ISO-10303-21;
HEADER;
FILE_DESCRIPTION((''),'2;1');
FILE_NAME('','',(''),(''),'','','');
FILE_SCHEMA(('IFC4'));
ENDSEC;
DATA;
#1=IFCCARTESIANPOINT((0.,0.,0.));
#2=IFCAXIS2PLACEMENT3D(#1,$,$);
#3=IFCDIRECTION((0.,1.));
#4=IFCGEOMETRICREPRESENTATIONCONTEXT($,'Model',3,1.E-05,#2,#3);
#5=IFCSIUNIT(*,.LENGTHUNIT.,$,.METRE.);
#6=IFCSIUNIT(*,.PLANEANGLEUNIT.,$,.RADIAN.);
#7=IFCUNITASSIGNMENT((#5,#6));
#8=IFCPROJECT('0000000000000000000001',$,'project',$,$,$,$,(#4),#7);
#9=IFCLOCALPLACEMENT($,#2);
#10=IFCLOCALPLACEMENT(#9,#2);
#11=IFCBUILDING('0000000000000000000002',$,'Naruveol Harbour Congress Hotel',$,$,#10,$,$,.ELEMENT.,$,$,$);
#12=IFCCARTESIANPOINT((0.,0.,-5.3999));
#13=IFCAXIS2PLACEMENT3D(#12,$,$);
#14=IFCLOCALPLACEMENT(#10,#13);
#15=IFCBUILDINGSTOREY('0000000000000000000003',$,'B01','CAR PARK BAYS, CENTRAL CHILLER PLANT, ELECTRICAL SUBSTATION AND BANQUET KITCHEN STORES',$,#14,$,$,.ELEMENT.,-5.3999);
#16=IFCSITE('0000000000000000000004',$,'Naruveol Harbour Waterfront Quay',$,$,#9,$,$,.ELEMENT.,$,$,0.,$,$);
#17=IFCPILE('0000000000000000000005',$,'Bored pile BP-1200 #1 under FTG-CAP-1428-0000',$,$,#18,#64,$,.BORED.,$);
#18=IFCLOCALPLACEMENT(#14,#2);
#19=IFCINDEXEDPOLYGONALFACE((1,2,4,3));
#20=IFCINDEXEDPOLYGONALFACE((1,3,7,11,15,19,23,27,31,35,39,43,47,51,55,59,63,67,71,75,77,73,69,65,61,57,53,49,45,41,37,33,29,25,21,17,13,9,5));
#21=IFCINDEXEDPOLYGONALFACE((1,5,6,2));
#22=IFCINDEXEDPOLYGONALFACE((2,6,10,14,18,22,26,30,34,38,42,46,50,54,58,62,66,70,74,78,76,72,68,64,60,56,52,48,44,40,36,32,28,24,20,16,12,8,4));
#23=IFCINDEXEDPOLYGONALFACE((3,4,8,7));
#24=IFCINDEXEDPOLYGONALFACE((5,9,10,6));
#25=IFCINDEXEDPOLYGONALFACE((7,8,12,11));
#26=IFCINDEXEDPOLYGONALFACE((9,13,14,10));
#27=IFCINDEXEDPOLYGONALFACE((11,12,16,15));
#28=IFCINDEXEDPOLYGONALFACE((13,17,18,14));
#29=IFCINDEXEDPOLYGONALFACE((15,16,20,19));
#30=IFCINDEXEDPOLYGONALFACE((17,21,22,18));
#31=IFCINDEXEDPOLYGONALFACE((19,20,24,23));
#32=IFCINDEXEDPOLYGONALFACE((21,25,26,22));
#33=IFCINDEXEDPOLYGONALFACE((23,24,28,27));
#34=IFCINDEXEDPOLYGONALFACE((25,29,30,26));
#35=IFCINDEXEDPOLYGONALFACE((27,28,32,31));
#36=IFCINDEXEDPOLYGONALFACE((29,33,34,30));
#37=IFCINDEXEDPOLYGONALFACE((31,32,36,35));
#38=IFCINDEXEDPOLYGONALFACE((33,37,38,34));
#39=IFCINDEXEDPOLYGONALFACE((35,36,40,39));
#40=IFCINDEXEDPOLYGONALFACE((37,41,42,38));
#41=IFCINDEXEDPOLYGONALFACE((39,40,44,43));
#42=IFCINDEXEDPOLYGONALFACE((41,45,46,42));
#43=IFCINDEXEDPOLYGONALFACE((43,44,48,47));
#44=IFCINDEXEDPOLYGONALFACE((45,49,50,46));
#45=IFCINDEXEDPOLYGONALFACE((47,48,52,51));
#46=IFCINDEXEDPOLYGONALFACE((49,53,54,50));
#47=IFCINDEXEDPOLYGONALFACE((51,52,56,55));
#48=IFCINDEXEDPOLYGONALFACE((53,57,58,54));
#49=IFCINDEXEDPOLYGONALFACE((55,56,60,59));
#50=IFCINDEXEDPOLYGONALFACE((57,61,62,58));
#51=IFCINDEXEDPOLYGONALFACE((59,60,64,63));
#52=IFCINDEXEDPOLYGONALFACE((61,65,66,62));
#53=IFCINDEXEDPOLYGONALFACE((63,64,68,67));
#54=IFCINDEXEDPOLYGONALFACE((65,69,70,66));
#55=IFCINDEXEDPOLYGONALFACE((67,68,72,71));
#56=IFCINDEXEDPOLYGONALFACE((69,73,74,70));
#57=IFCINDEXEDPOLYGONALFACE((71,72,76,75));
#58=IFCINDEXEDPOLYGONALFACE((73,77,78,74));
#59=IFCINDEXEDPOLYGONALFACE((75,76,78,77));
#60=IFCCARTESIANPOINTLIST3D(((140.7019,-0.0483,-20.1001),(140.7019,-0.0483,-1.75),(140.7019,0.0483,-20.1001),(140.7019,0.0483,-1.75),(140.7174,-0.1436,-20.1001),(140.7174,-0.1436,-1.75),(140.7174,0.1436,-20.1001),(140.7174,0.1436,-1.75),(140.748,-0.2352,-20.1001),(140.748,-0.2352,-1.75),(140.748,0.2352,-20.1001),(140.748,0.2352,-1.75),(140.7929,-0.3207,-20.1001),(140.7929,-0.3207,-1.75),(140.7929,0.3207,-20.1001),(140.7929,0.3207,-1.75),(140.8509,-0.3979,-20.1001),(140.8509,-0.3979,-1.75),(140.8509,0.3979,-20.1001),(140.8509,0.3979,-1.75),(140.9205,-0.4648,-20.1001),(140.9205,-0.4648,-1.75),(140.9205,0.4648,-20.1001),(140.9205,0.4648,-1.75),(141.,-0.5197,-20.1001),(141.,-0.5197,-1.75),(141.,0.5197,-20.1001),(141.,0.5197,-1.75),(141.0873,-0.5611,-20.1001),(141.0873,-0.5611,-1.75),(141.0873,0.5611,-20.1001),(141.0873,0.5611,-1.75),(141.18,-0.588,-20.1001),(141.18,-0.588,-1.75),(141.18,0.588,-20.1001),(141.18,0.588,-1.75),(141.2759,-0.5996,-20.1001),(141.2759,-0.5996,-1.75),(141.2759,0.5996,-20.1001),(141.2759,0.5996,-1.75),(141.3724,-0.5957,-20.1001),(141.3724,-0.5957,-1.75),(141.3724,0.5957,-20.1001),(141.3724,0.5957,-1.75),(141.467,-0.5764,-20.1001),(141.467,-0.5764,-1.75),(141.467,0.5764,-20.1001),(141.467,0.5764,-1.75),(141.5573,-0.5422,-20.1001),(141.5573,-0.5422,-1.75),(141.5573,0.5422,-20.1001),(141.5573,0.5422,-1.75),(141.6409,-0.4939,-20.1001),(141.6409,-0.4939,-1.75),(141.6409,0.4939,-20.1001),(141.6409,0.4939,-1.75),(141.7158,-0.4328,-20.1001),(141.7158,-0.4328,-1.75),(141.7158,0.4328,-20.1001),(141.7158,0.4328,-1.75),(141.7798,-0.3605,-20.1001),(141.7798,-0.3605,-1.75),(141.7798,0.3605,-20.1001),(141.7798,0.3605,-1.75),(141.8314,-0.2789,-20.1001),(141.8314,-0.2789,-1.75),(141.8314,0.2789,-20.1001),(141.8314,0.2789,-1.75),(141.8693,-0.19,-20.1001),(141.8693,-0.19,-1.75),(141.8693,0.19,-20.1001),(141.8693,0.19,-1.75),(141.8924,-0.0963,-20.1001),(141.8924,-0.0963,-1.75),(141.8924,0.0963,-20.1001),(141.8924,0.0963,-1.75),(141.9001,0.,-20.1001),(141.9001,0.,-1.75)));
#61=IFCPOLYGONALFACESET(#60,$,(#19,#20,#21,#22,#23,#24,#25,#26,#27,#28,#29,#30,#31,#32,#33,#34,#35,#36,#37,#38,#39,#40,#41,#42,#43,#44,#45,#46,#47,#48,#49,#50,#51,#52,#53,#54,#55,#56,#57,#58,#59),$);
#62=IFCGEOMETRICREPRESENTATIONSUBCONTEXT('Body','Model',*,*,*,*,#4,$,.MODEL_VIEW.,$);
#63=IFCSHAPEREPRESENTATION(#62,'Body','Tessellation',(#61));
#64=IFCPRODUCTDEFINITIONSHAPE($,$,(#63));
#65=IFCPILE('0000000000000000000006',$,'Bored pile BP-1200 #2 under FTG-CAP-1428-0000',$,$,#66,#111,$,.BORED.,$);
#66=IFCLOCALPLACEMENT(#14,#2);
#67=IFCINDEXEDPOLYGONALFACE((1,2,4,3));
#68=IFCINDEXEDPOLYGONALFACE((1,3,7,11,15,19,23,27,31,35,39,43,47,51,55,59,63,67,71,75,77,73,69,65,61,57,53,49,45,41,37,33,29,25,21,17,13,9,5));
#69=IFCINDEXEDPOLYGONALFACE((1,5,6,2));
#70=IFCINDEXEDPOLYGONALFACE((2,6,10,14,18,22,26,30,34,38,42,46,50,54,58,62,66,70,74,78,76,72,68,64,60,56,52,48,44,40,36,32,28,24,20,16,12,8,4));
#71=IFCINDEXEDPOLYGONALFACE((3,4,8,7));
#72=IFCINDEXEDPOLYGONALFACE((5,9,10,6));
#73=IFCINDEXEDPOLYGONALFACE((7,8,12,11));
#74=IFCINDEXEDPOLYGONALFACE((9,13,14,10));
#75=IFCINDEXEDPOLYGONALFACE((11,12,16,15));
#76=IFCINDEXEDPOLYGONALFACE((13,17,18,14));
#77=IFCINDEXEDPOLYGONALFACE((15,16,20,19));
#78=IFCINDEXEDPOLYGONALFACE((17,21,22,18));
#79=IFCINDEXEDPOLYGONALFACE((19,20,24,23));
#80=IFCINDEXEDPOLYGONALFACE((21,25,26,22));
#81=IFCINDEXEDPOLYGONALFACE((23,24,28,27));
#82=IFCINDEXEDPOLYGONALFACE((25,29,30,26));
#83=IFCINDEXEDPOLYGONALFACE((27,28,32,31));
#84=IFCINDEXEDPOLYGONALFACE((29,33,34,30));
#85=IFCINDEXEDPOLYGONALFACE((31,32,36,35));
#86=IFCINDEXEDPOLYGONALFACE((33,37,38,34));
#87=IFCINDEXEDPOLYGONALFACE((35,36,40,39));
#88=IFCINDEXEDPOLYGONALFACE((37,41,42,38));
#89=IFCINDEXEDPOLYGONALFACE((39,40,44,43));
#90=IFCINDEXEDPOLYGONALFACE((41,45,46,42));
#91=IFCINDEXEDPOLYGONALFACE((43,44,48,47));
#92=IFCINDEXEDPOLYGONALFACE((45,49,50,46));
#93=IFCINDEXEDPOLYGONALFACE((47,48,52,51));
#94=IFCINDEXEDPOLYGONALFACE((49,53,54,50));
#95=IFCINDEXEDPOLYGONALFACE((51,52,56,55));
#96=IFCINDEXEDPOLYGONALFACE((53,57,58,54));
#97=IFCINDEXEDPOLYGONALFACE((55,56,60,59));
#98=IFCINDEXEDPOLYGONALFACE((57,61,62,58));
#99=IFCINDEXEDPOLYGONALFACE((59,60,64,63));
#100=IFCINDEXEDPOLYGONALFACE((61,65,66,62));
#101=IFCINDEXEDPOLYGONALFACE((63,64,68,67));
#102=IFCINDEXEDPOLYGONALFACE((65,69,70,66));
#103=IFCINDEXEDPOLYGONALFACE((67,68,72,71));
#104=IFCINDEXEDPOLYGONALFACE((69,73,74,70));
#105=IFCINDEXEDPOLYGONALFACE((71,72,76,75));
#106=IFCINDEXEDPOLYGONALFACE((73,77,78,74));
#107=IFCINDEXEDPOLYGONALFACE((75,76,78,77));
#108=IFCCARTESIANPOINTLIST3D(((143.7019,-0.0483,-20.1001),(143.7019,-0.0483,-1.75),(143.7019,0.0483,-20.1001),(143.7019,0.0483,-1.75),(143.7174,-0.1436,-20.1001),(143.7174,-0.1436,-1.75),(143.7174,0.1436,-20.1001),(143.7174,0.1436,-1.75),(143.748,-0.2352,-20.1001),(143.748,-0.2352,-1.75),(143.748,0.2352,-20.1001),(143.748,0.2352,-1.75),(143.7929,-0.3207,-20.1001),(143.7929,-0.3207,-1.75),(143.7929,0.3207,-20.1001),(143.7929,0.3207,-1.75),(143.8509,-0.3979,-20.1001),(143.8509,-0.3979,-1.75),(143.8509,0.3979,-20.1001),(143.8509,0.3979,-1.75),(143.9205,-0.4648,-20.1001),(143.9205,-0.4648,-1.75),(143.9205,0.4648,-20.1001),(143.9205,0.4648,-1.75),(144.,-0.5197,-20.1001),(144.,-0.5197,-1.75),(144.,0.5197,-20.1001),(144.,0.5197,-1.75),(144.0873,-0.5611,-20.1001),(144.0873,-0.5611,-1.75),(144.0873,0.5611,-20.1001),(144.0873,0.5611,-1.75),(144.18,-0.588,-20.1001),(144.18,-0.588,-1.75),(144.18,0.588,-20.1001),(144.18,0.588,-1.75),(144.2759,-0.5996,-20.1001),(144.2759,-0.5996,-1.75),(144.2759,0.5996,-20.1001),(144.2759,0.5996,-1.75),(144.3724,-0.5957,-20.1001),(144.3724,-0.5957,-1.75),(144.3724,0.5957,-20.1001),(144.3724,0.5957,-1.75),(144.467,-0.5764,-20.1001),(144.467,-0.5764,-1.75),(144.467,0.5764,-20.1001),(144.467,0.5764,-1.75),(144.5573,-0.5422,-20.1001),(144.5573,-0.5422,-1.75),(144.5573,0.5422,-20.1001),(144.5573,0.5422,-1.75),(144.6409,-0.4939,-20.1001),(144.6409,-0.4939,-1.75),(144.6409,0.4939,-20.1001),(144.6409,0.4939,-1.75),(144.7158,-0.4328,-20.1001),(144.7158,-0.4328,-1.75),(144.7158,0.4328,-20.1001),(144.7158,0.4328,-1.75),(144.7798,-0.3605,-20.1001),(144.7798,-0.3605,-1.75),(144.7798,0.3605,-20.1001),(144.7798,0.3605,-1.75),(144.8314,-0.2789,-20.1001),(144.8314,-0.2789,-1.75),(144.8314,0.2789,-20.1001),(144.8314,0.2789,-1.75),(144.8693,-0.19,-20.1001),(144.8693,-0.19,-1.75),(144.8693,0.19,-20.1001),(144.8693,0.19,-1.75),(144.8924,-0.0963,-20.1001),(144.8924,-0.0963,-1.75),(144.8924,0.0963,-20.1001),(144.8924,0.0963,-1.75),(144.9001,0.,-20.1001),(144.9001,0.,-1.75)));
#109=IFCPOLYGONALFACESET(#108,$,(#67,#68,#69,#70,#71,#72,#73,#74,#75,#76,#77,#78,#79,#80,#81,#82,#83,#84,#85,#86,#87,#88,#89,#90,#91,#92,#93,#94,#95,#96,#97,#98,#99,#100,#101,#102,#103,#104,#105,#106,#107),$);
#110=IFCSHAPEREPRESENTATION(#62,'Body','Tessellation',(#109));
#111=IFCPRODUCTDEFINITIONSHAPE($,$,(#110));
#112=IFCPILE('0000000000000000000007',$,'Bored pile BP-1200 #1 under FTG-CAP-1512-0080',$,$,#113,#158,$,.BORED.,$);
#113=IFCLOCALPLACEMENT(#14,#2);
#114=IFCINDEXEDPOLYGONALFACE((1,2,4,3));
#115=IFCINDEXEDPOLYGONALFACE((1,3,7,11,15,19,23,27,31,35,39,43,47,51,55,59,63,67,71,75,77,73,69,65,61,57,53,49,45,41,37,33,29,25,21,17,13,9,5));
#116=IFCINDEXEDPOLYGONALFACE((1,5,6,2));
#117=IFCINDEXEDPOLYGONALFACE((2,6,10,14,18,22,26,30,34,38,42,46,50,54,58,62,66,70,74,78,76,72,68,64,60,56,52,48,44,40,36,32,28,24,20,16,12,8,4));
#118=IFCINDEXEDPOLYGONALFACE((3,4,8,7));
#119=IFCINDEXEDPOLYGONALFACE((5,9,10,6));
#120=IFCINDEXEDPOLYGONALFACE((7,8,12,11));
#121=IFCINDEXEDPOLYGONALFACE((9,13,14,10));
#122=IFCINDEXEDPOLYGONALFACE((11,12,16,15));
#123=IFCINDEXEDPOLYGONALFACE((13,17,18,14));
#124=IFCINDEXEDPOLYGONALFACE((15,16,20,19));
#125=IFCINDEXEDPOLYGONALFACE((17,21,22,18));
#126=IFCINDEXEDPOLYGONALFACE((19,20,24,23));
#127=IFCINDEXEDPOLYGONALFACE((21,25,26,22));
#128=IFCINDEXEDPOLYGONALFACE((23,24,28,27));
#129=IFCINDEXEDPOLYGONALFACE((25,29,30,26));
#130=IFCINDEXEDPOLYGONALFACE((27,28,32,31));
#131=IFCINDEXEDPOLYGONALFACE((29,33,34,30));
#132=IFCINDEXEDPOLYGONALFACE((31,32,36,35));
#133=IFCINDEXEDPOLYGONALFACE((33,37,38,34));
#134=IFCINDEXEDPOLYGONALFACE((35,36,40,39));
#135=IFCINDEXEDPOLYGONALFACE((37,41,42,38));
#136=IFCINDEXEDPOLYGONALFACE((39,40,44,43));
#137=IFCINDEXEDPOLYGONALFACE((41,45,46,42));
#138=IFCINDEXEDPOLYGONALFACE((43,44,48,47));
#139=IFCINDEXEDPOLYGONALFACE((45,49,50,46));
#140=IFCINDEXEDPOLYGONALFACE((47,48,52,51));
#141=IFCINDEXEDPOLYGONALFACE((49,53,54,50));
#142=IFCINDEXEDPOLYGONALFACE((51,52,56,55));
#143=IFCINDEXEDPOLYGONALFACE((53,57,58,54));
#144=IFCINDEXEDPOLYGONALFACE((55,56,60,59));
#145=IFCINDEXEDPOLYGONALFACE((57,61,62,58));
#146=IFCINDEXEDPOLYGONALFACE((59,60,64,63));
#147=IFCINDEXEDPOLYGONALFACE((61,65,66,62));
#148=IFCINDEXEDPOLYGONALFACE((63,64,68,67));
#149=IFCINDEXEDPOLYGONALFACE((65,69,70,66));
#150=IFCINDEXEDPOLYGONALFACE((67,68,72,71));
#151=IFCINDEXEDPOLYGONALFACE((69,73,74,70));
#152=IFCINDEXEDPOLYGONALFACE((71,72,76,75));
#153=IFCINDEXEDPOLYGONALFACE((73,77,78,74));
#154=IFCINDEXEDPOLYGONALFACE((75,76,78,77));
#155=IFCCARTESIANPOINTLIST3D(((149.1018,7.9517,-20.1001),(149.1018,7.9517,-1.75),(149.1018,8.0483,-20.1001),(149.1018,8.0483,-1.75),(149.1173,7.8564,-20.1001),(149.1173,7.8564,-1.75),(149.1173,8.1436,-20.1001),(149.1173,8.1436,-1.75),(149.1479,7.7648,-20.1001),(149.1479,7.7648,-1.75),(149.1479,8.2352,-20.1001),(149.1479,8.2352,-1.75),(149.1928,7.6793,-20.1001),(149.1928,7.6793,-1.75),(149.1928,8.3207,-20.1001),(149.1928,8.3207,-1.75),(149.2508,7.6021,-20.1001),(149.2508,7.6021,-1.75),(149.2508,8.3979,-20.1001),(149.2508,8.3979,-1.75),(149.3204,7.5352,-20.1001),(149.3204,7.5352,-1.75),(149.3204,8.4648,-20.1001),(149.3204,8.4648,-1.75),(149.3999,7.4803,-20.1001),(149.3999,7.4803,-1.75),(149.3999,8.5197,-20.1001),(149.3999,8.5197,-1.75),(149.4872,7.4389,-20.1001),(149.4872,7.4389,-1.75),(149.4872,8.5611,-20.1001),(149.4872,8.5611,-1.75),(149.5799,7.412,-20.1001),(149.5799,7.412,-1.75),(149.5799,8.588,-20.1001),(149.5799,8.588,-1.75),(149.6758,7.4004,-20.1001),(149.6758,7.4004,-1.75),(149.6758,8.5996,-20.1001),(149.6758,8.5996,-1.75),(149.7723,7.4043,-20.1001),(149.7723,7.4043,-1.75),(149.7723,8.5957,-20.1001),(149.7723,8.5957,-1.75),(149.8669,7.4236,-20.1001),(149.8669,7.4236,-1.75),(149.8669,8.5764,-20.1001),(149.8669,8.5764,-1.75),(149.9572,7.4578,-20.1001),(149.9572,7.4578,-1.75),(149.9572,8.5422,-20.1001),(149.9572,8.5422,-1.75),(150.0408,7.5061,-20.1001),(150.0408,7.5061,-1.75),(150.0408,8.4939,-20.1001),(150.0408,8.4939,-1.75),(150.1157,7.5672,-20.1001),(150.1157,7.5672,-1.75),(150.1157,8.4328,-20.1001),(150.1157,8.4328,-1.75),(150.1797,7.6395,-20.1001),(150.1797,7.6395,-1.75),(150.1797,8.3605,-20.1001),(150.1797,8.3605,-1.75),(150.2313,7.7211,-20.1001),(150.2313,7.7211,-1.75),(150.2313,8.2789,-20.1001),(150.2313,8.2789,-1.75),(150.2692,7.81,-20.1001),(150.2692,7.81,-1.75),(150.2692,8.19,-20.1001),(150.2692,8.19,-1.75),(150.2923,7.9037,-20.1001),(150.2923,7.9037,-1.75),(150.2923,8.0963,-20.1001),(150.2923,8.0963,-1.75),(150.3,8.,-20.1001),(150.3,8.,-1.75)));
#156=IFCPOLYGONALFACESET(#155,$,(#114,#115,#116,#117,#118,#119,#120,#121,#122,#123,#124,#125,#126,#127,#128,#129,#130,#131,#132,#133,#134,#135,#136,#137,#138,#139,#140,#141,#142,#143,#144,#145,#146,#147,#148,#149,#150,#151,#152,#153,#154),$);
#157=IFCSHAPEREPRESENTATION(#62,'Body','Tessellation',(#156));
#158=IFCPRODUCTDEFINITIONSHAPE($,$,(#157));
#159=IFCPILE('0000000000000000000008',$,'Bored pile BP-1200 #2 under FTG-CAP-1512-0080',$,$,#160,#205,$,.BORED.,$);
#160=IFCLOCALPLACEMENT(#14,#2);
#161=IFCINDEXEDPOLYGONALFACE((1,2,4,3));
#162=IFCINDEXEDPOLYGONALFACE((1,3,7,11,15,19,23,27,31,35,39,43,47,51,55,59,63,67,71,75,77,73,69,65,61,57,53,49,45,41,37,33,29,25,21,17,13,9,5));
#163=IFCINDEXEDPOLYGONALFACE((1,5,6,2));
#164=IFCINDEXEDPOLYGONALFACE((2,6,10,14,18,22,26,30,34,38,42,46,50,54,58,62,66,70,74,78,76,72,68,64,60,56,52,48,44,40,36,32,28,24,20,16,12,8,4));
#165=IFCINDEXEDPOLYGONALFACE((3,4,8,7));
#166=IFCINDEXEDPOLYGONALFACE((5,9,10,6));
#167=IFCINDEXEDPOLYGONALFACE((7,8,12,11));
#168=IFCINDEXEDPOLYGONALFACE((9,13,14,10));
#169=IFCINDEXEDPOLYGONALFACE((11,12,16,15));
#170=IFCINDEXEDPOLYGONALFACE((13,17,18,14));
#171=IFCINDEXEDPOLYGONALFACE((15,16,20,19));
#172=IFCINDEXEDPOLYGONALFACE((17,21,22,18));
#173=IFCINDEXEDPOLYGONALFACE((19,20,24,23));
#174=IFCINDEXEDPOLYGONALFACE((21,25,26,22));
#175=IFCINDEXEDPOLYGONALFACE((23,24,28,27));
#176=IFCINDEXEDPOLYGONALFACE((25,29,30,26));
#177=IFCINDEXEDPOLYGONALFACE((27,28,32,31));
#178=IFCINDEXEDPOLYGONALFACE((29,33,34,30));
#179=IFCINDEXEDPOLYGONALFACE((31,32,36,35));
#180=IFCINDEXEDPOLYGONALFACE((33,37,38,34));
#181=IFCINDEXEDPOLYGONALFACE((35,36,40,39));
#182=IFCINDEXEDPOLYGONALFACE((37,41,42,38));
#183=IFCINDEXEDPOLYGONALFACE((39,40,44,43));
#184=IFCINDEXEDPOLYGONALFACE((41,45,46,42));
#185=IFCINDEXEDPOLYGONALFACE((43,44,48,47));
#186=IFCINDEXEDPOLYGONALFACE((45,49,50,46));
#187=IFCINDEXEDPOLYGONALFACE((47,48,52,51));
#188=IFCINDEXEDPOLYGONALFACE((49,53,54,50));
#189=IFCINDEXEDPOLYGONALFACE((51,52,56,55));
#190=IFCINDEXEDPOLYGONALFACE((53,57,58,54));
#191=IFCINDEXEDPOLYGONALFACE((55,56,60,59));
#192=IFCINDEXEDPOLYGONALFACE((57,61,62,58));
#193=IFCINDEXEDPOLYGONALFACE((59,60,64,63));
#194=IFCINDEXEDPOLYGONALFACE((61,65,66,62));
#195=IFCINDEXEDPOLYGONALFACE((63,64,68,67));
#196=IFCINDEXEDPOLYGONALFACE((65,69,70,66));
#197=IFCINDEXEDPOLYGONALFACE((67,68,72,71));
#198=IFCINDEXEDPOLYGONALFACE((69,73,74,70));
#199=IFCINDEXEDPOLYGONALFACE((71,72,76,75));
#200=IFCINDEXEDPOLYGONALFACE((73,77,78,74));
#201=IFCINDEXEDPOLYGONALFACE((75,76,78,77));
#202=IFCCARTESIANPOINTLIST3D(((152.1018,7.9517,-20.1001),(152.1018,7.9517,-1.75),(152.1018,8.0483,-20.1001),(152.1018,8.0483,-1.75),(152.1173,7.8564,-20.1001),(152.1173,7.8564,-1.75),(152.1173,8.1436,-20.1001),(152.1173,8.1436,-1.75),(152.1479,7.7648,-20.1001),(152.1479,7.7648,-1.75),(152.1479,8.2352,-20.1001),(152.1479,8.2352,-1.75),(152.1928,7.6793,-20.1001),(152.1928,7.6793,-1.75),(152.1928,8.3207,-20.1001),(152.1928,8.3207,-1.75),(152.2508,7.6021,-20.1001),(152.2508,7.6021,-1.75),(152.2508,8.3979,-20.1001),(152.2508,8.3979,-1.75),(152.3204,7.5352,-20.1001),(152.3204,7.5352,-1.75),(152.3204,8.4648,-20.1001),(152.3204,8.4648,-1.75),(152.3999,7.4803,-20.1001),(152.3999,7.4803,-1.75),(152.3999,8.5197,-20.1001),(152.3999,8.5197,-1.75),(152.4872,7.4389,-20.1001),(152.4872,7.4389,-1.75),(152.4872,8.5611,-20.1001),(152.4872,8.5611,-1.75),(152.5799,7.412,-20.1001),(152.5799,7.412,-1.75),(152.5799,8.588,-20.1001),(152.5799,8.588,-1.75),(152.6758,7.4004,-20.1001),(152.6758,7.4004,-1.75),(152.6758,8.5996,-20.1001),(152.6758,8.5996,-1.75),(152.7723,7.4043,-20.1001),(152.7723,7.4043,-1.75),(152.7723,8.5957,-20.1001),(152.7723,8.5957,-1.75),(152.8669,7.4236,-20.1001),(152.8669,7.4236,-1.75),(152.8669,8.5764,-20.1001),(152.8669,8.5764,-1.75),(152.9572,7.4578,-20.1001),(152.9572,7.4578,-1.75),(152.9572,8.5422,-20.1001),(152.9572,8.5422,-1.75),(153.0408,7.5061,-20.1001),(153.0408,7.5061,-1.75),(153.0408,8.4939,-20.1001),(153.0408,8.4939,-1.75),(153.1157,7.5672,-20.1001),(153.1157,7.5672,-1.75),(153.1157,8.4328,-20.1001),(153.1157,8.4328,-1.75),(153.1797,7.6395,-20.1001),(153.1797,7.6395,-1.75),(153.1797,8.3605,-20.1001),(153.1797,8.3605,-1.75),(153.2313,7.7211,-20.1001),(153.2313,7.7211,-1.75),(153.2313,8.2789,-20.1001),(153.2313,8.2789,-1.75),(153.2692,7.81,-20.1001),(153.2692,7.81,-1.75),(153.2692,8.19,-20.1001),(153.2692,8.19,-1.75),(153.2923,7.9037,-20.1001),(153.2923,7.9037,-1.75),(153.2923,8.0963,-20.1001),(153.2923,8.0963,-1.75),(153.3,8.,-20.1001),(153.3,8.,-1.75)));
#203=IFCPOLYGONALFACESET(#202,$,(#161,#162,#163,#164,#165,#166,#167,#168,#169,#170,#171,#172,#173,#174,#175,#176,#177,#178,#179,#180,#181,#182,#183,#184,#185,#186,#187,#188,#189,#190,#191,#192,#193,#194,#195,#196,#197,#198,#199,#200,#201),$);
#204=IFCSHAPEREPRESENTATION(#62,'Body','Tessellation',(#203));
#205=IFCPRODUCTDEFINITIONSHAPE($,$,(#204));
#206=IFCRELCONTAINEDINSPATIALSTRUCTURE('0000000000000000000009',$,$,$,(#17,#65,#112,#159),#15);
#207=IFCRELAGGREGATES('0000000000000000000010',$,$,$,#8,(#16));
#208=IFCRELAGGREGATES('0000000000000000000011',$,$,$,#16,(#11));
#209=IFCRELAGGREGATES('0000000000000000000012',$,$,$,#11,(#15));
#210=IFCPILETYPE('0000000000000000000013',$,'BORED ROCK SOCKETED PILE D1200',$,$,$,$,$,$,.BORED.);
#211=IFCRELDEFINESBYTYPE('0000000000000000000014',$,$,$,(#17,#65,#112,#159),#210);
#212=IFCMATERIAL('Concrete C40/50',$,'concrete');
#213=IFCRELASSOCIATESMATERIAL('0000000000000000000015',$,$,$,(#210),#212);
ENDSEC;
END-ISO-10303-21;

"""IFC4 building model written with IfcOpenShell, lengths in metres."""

from ifc_helpers import new_model, si_unit, direction, frame, origin, origin_2d, place, context, subcontext, project, spatial, circle, extrude, material, material_profile, profile_set, type_object, element, save


model = new_model("IFC4")

# Units and contexts
model_context = context("Model", 3, precision=1e-05, world=origin(), true_north=direction((0.0, 1.0)))
body_context = subcontext(model_context, "Body", "Model", "MODEL_VIEW")
ifc_project = project(units=[si_unit("LENGTHUNIT", "METRE"), si_unit("PLANEANGLEUNIT", "RADIAN")], contexts=[model_context])

# Site, building, storey
site_placement = place(None, origin())
site = spatial("IfcSite", under=ifc_project, at=site_placement, Name="Naruveol Harbour Waterfront Quay", CompositionType="ELEMENT", RefElevation=0.0)
building_placement = place(site_placement, origin())
building = spatial("IfcBuilding", under=site, at=building_placement, Name="Naruveol Harbour Congress Hotel", CompositionType="ELEMENT")
storey_placement = place(building_placement, frame((0.0, 0.0, -5.3999)))
storey = spatial("IfcBuildingStorey", under=building, at=storey_placement, Name="B01", Description="CAR PARK BAYS, CENTRAL CHILLER PLANT, ELECTRICAL SUBSTATION AND BANQUET KITCHEN STORES", CompositionType="ELEMENT", Elevation=-5.3999)

# Piles
ifc_material_1 = material(Name="Concrete C40/50", Category="concrete")
ifc_material_profile_1 = material_profile(ifc_material_1, circle(Radius=0.6001, at=origin_2d()), Name="BP-1200")
ifc_profile_set_1 = profile_set([ifc_material_profile_1], Name="Concrete C40/50")
pile_type = type_object("IfcPileType", Name="BORED ROCK SOCKETED PILE D1200", PredefinedType="BORED", material=ifc_profile_set_1)
for number, where, z_axis, x_axis, name in (
    (1, (141.3, 0.0, -1.75), (0.0, 0.0, -1.0), (1.0, 0.0, 0.0), "Bored pile BP-1200 #1 under FTG-CAP-1428-0000"),
    (2, (144.3, 0.0, -1.75), (0.0, 0.0, -1.0), (1.0, 0.0, 0.0), "Bored pile BP-1200 #2 under FTG-CAP-1428-0000"),
    (3, (149.7, 8.0, -1.75), (0.0, 0.0, -1.0), (1.0, 0.0, 0.0), "Bored pile BP-1200 #1 under FTG-CAP-1512-0080"),
    (4, (152.7, 8.0, -1.75), (0.0, 0.0, -1.0), (1.0, 0.0, 0.0), "Bored pile BP-1200 #2 under FTG-CAP-1512-0080"),
):
    element("IfcPile", number, at=place(storey_placement, frame(where, z_axis=z_axis, x_axis=x_axis)), inside=storey, type_object=pile_type, Name=name, PredefinedType="BORED", context=body_context, shape_type="SweptSolid", body=[
        extrude(circle(Radius=0.6001, at=origin_2d()), origin(), (0.0, 0.0, 1.0), 18.3501),
    ])

save(model, "model.ifc")
